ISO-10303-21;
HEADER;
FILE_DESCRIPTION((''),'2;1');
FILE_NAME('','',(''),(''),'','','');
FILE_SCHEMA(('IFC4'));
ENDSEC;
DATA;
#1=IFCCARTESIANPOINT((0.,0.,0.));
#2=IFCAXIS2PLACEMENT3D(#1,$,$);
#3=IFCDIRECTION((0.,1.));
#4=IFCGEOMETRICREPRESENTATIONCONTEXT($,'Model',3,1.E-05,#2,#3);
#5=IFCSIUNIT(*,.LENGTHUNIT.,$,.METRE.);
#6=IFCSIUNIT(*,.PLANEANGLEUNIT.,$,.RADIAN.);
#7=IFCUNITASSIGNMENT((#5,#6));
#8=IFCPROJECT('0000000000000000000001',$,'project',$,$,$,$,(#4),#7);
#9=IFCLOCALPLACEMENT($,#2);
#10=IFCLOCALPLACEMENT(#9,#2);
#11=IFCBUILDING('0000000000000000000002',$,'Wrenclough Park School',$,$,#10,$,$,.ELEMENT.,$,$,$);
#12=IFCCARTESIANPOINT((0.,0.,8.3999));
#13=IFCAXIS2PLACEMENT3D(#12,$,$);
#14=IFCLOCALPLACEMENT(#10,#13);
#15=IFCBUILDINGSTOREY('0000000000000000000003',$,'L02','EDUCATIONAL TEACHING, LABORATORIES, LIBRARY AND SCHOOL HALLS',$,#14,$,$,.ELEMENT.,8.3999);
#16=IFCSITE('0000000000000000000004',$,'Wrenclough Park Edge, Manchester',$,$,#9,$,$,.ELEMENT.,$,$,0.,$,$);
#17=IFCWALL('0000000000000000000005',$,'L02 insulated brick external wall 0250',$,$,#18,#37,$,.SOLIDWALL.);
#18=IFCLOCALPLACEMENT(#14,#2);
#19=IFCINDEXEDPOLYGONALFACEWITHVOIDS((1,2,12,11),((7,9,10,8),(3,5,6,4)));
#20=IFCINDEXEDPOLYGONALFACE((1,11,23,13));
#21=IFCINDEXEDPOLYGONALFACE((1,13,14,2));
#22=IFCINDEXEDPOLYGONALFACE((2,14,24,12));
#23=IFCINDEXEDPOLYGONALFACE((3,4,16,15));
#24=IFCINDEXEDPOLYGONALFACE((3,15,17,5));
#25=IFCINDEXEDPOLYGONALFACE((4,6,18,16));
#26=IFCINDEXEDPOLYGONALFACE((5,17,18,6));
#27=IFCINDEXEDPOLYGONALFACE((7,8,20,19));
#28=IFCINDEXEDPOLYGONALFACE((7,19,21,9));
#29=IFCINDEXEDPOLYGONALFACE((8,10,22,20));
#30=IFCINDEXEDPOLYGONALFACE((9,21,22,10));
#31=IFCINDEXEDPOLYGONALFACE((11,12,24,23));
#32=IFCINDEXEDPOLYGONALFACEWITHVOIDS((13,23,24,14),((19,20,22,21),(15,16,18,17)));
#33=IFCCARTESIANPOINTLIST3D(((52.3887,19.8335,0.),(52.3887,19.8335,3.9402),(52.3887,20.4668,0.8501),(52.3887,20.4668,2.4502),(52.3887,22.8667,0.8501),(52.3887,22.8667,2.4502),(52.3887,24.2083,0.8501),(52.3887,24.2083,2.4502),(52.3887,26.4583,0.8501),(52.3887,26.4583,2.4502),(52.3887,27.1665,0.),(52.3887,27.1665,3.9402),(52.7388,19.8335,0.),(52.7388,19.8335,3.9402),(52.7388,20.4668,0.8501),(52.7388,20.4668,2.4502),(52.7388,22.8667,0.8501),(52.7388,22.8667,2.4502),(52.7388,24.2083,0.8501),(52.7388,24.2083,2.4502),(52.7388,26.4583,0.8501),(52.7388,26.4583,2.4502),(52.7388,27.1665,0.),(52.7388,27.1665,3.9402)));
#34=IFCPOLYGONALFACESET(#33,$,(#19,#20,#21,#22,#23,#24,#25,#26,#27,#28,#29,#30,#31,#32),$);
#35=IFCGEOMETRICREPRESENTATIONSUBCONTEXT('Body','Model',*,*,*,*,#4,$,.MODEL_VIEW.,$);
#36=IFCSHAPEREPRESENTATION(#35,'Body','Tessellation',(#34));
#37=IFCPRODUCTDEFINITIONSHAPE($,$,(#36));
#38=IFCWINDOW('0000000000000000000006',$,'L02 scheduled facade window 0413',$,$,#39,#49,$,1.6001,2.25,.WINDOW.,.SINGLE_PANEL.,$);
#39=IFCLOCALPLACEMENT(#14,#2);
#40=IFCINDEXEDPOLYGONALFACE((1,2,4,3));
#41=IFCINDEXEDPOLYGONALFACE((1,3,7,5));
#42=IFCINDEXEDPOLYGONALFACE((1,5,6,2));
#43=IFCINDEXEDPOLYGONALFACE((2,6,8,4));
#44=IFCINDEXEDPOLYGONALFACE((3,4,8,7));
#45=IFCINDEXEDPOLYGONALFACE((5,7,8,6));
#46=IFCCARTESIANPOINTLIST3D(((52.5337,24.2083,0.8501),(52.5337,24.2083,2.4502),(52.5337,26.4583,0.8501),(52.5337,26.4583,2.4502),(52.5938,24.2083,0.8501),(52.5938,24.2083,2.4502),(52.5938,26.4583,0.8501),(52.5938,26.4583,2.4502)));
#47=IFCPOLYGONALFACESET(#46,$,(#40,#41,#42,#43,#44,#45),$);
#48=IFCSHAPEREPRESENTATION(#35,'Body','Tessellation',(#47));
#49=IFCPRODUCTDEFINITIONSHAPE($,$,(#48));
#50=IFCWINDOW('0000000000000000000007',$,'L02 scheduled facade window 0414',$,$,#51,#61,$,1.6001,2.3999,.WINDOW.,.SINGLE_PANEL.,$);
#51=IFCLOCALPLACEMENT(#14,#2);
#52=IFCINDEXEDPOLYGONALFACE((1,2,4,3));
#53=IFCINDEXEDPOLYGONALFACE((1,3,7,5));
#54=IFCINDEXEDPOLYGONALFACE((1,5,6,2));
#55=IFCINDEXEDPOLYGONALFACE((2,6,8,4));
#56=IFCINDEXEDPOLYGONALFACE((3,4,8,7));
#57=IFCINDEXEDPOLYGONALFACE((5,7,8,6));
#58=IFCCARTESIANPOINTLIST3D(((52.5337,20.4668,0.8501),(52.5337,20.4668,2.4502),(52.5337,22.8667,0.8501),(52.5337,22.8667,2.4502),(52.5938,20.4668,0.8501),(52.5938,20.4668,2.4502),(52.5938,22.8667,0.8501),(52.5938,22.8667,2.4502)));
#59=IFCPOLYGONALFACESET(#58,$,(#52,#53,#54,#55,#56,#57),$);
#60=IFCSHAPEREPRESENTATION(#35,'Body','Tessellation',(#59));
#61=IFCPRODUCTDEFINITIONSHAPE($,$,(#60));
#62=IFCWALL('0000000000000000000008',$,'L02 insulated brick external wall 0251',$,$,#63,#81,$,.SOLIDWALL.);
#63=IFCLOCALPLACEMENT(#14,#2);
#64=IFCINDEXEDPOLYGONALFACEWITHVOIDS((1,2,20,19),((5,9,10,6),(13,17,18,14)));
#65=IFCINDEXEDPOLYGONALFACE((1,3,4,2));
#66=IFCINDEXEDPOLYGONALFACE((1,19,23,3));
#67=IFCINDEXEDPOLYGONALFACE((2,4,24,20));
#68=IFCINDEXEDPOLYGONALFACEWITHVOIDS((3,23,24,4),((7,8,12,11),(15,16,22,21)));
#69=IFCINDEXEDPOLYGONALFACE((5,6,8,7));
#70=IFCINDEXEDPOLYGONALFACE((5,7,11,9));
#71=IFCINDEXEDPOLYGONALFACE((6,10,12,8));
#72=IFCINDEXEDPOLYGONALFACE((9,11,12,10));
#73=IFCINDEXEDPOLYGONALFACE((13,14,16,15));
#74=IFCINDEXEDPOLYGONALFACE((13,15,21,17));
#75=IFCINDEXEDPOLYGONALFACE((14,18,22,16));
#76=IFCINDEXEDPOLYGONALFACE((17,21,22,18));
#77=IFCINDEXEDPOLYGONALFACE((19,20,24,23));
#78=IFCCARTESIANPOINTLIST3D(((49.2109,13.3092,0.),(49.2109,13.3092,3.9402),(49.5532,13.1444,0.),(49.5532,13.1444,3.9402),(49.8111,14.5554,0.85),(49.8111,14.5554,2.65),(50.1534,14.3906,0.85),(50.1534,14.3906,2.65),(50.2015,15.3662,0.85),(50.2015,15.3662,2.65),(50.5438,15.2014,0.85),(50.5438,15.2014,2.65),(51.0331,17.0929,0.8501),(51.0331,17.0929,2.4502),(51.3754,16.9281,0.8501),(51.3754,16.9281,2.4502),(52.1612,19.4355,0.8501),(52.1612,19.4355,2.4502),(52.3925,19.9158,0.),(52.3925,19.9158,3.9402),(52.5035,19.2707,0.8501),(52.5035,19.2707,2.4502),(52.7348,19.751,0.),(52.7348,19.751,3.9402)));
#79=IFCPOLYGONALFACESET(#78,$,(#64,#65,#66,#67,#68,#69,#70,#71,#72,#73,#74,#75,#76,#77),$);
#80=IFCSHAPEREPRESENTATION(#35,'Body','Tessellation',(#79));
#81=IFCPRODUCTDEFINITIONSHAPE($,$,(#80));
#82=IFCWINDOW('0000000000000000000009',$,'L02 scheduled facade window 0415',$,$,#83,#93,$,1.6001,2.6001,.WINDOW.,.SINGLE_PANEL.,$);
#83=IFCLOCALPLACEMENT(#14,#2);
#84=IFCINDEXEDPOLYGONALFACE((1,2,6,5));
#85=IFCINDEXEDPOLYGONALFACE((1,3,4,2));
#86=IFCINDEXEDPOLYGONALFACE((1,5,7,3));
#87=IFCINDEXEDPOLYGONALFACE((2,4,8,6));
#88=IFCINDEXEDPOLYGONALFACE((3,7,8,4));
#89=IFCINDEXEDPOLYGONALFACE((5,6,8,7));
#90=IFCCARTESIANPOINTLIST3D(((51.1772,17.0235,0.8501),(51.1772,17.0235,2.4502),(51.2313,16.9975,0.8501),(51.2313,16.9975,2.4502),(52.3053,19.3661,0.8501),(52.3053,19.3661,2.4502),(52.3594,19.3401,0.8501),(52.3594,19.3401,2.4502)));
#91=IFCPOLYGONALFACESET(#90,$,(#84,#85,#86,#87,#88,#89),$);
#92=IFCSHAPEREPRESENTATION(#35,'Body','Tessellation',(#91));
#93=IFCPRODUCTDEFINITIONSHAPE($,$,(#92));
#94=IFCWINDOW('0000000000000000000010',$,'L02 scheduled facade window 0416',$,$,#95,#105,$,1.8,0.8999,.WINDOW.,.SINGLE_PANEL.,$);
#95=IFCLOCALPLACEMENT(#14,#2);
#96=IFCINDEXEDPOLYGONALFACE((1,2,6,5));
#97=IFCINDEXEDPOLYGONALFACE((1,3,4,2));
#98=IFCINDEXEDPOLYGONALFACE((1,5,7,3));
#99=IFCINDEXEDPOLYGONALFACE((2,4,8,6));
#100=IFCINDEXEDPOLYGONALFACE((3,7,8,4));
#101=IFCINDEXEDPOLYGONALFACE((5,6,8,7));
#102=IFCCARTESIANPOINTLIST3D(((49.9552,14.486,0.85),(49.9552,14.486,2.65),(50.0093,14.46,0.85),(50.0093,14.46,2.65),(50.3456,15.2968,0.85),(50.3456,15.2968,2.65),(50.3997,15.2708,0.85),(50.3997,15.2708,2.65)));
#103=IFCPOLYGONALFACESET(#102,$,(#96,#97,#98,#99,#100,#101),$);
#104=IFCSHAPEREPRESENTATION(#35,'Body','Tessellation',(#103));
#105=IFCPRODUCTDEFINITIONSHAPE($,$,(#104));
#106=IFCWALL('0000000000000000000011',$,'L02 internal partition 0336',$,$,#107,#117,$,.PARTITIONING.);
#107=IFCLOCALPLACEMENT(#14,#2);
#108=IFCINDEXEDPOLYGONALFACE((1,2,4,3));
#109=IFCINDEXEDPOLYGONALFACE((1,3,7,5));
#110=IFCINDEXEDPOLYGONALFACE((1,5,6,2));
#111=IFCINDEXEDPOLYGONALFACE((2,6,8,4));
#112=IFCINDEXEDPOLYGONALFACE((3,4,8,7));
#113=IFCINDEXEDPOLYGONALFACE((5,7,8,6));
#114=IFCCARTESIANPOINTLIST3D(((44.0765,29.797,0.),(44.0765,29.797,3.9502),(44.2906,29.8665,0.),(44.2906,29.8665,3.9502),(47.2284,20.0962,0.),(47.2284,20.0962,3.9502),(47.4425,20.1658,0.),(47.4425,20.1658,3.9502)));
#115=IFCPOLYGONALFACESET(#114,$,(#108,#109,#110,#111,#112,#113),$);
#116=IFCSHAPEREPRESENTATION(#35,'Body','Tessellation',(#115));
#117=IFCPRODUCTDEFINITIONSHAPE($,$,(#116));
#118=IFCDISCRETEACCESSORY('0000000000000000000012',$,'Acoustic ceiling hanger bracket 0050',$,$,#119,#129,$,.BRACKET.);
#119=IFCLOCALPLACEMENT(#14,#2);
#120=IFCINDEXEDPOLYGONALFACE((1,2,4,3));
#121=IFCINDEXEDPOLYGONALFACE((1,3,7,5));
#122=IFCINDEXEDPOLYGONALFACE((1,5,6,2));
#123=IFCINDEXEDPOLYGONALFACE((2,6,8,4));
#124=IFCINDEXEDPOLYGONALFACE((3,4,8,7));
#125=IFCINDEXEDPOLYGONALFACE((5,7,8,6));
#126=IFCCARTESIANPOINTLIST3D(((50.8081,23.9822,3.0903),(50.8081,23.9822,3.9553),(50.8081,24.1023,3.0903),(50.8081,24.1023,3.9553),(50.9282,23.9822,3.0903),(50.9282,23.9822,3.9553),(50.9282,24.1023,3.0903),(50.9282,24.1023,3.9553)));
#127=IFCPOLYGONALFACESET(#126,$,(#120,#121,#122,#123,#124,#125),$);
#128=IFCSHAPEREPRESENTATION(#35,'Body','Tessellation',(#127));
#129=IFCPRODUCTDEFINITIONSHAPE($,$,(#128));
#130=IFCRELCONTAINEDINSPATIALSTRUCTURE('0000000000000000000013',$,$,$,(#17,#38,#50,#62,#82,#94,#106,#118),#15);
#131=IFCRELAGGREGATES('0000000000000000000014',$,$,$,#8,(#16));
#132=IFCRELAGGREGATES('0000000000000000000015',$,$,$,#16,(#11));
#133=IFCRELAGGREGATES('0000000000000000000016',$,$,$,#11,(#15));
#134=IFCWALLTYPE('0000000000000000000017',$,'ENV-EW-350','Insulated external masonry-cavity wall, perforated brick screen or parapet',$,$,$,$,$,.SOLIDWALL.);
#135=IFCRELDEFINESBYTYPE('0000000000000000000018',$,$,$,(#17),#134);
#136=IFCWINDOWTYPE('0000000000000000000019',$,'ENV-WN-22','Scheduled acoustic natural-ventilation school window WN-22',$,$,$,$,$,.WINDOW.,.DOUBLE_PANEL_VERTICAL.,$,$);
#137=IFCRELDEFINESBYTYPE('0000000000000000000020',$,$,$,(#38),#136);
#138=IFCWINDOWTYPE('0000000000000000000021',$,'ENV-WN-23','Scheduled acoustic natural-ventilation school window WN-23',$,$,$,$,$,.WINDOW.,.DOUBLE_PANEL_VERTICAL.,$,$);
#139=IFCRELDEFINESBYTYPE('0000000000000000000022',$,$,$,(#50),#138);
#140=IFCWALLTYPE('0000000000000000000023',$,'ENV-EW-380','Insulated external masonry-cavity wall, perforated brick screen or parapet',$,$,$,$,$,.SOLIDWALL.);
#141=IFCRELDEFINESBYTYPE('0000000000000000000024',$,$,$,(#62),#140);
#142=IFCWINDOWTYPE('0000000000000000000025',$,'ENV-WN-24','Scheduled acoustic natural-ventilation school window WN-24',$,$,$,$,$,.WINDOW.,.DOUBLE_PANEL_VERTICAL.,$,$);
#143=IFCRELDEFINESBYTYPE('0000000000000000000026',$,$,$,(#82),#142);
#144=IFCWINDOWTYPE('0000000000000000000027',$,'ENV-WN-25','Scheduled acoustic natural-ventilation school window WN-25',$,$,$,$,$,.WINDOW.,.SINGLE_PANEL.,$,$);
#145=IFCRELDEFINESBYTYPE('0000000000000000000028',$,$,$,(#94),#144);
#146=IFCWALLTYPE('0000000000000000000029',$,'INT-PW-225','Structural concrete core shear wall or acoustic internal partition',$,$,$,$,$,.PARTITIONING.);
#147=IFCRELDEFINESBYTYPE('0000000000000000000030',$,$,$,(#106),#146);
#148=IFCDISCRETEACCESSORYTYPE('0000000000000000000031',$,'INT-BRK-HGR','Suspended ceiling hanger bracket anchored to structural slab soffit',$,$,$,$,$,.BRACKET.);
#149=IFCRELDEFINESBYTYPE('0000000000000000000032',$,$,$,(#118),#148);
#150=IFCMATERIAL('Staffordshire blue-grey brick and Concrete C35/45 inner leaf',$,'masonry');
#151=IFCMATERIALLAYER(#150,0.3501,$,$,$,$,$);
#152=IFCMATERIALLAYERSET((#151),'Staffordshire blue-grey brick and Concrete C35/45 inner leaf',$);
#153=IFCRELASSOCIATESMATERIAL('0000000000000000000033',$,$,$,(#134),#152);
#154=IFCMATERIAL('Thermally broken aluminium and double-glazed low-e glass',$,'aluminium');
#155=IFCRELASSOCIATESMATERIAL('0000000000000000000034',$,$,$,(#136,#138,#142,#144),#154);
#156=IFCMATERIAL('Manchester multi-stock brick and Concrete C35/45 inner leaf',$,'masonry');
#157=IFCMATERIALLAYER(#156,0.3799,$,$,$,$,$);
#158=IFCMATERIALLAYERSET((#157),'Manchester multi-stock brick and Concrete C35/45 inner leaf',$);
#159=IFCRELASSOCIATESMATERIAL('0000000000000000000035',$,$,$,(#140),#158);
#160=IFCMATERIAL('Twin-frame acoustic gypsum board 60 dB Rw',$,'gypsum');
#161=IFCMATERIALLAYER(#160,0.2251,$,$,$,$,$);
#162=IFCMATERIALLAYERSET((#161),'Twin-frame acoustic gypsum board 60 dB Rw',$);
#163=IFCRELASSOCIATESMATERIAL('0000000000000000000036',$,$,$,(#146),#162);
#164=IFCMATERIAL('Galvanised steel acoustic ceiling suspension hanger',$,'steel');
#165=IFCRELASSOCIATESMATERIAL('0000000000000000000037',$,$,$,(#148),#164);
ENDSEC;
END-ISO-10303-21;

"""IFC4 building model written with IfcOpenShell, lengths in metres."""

from ifc_helpers import new_model, si_unit, direction, frame, frame_2d, origin, origin_2d, place, context, subcontext, project, spatial, rectangle, extrude, material, layer, layer_set, type_object, element, fill, save


model = new_model("IFC4")

# Units and contexts
model_context = context("Model", 3, precision=1e-05, world=origin(), true_north=direction((0.0, 1.0)))
body_context = subcontext(model_context, "Body", "Model", "MODEL_VIEW")
ifc_project = project(units=[si_unit("LENGTHUNIT", "METRE"), si_unit("PLANEANGLEUNIT", "RADIAN")], contexts=[model_context])

# Site, building, storey
site_placement = place(None, origin())
site = spatial("IfcSite", under=ifc_project, at=site_placement, Name="Wrenclough Park Edge, Manchester", CompositionType="ELEMENT", RefElevation=0.0)
building_placement = place(site_placement, origin())
building = spatial("IfcBuilding", under=site, at=building_placement, Name="Wrenclough Park School", CompositionType="ELEMENT")
storey_placement = place(building_placement, frame((0.0, 0.0, 8.3999)))
storey = spatial("IfcBuildingStorey", under=building, at=storey_placement, Name="L02", Description="EDUCATIONAL TEACHING, LABORATORIES, LIBRARY AND SCHOOL HALLS", CompositionType="ELEMENT", Elevation=8.3999)

# Walls, openings, windows
ifc_material_1 = material(Name="Staffordshire blue-grey brick and Concrete C35/45 inner leaf", Category="masonry")
ifc_layer_1 = layer(ifc_material_1, 0.3501)
ifc_layer_set_1 = layer_set([ifc_layer_1], Name="Staffordshire blue-grey brick and Concrete C35/45 inner leaf")
wall_type_1 = type_object("IfcWallType", Name="ENV-EW-350", Description="Insulated external masonry-cavity wall, perforated brick screen or parapet", PredefinedType="SOLIDWALL", material=ifc_layer_set_1)
wall_1_placement = place(storey_placement, frame((52.5637, 27.1665, 0.0), z_axis=(0.0, 0.0, 1.0), x_axis=(0.0, -1.0, 0.0)))
wall_1 = element("IfcWall", 1, at=wall_1_placement, inside=storey, type_object=wall_type_1, Name="L02 insulated brick external wall 0250", PredefinedType="SOLIDWALL", context=body_context, shape_type="SweptSolid", body=[
    extrude(rectangle(XDim=7.333, YDim=0.3501, at=frame_2d((3.6665, 0.0))), origin(), (0.0, 0.0, 1.0), 3.9402),
])
opening_1_placement = place(wall_1_placement, frame((0.7083, 0.0, 0.8501)))
opening_1 = element("IfcOpeningElement", 2, at=opening_1_placement, cuts=wall_1, PredefinedType="OPENING", context=body_context, shape_type="SweptSolid", body=[
    extrude(rectangle(XDim=2.25, YDim=1.6001, at=frame_2d((1.125, 0.8))), frame((0.0, 0.1851, 0.0), z_axis=(0.0, -1.0, 0.0), x_axis=(1.0, 0.0, 0.0)), (0.0, 0.0, 1.0), 0.3701),
])
opening_2_placement = place(wall_1_placement, frame((4.2998, 0.0, 0.8501)))
opening_2 = element("IfcOpeningElement", 3, at=opening_2_placement, cuts=wall_1, PredefinedType="OPENING", context=body_context, shape_type="SweptSolid", body=[
    extrude(rectangle(XDim=2.3999, YDim=1.6001, at=frame_2d((1.2, 0.8))), frame((0.0, 0.1851, 0.0), z_axis=(0.0, -1.0, 0.0), x_axis=(1.0, 0.0, 0.0)), (0.0, 0.0, 1.0), 0.3701),
])
ifc_material_2 = material(Name="Thermally broken aluminium and double-glazed low-e glass", Category="aluminium")
window_type_1 = type_object("IfcWindowType", Name="ENV-WN-22", Description="Scheduled acoustic natural-ventilation school window WN-22", PartitioningType="DOUBLE_PANEL_VERTICAL", PredefinedType="WINDOW", material=ifc_material_2)
window_1_placement = place(opening_1_placement, origin())
window_1 = element("IfcWindow", 4, at=window_1_placement, inside=storey, type_object=window_type_1, Name="L02 scheduled facade window 0413", OverallHeight=1.6001, OverallWidth=2.25, PartitioningType="SINGLE_PANEL", PredefinedType="WINDOW", context=body_context, shape_type="SweptSolid", body=[
    extrude(rectangle(XDim=2.25, YDim=1.6001, at=frame_2d((1.125, 0.8))), frame((0.0, 0.03, 0.0), z_axis=(0.0, -1.0, 0.0), x_axis=(1.0, 0.0, 0.0)), (0.0, 0.0, 1.0), 0.0601),
])
fill(opening_1, window_1)
window_type_2 = type_object("IfcWindowType", Name="ENV-WN-23", Description="Scheduled acoustic natural-ventilation school window WN-23", PartitioningType="DOUBLE_PANEL_VERTICAL", PredefinedType="WINDOW", material=ifc_material_2)
window_2_placement = place(opening_2_placement, origin())
window_2 = element("IfcWindow", 5, at=window_2_placement, inside=storey, type_object=window_type_2, Name="L02 scheduled facade window 0414", OverallHeight=1.6001, OverallWidth=2.3999, PartitioningType="SINGLE_PANEL", PredefinedType="WINDOW", context=body_context, shape_type="SweptSolid", body=[
    extrude(rectangle(XDim=2.3999, YDim=1.6001, at=frame_2d((1.2, 0.8))), frame((0.0, 0.03, 0.0), z_axis=(0.0, -1.0, 0.0), x_axis=(1.0, 0.0, 0.0)), (0.0, 0.0, 1.0), 0.0601),
])
fill(opening_2, window_2)
ifc_material_3 = material(Name="Manchester multi-stock brick and Concrete C35/45 inner leaf", Category="masonry")
ifc_layer_2 = layer(ifc_material_3, 0.3799)
ifc_layer_set_2 = layer_set([ifc_layer_2], Name="Manchester multi-stock brick and Concrete C35/45 inner leaf")
wall_type_2 = type_object("IfcWallType", Name="ENV-EW-380", Description="Insulated external masonry-cavity wall, perforated brick screen or parapet", PredefinedType="SOLIDWALL", material=ifc_layer_set_2)
wall_2_placement = place(storey_placement, frame((52.5637, 19.8335, 0.0), z_axis=(0.0, 0.0, 1.0), x_axis=(-0.433887, -0.900967, 0.0)))
wall_2 = element("IfcWall", 6, at=wall_2_placement, inside=storey, type_object=wall_type_2, Name="L02 insulated brick external wall 0251", PredefinedType="SOLIDWALL", context=body_context, shape_type="SweptSolid", body=[
    extrude(rectangle(XDim=7.3328, YDim=0.3799, at=frame_2d((3.6665, 0.0))), origin(), (0.0, 0.0, 1.0), 3.9402),
])
opening_3_placement = place(wall_2_placement, frame((0.5332, 0.0, 0.8501)))
opening_3 = element("IfcOpeningElement", 7, at=opening_3_placement, cuts=wall_2, PredefinedType="OPENING", context=body_context, shape_type="SweptSolid", body=[
    extrude(rectangle(XDim=2.6001, YDim=1.6001, at=frame_2d((1.3, 0.8))), frame((0.0, 0.2, 0.0), z_axis=(0.0, -1.0, 0.0), x_axis=(1.0, 0.0, 0.0)), (0.0, 0.0, 1.0), 0.3999),
])
opening_4_placement = place(wall_2_placement, frame((5.0498, 0.0, 0.8501)))
opening_4 = element("IfcOpeningElement", 8, at=opening_4_placement, cuts=wall_2, PredefinedType="OPENING", context=body_context, shape_type="SweptSolid", body=[
    extrude(rectangle(XDim=0.8999, YDim=1.8, at=frame_2d((0.45, 0.8999))), frame((0.0, 0.2, 0.0), z_axis=(0.0, -1.0, 0.0), x_axis=(1.0, 0.0, 0.0)), (0.0, 0.0, 1.0), 0.3999),
])
window_type_3 = type_object("IfcWindowType", Name="ENV-WN-24", Description="Scheduled acoustic natural-ventilation school window WN-24", PartitioningType="DOUBLE_PANEL_VERTICAL", PredefinedType="WINDOW", material=ifc_material_2)
window_3_placement = place(opening_3_placement, origin())
window_3 = element("IfcWindow", 9, at=window_3_placement, inside=storey, type_object=window_type_3, Name="L02 scheduled facade window 0415", OverallHeight=1.6001, OverallWidth=2.6001, PartitioningType="SINGLE_PANEL", PredefinedType="WINDOW", context=body_context, shape_type="SweptSolid", body=[
    extrude(rectangle(XDim=2.6001, YDim=1.6001, at=frame_2d((1.3, 0.8))), frame((0.0, 0.03, 0.0), z_axis=(0.0, -1.0, 0.0), x_axis=(1.0, 0.0, 0.0)), (0.0, 0.0, 1.0), 0.0601),
])
fill(opening_3, window_3)
window_type_4 = type_object("IfcWindowType", Name="ENV-WN-25", Description="Scheduled acoustic natural-ventilation school window WN-25", PartitioningType="SINGLE_PANEL", PredefinedType="WINDOW", material=ifc_material_2)
window_4_placement = place(opening_4_placement, origin())
window_4 = element("IfcWindow", 10, at=window_4_placement, inside=storey, type_object=window_type_4, Name="L02 scheduled facade window 0416", OverallHeight=1.8, OverallWidth=0.8999, PartitioningType="SINGLE_PANEL", PredefinedType="WINDOW", context=body_context, shape_type="SweptSolid", body=[
    extrude(rectangle(XDim=0.8999, YDim=1.8, at=frame_2d((0.45, 0.8999))), frame((0.0, 0.03, 0.0), z_axis=(0.0, -1.0, 0.0), x_axis=(1.0, 0.0, 0.0)), (0.0, 0.0, 1.0), 0.0601),
])
fill(opening_4, window_4)

# Wall
ifc_material_4 = material(Name="Twin-frame acoustic gypsum board 60 dB Rw", Category="gypsum")
ifc_layer_3 = layer(ifc_material_4, 0.2251)
ifc_layer_set_3 = layer_set([ifc_layer_3], Name="Twin-frame acoustic gypsum board 60 dB Rw")
wall_type_3 = type_object("IfcWallType", Name="INT-PW-225", Description="Structural concrete core shear wall or acoustic internal partition", PredefinedType="PARTITIONING", material=ifc_layer_set_3)
wall_3_placement = place(storey_placement, frame((47.3354, 20.1309, 0.0), z_axis=(0.0, 0.0, 1.0), x_axis=(-0.309009, 0.951059, 0.0)))
element("IfcWall", 11, at=wall_3_placement, inside=storey, type_object=wall_type_3, Name="L02 internal partition 0336", PredefinedType="PARTITIONING", context=body_context, shape_type="SweptSolid", body=[
    extrude(rectangle(XDim=10.2, YDim=0.2251, at=frame_2d((5.1001, 0.0))), origin(), (0.0, 0.0, 1.0), 3.9502),
])

# Discrete accessory
ifc_material_5 = material(Name="Galvanised steel acoustic ceiling suspension hanger", Category="steel")
discrete_accessory_type = type_object("IfcDiscreteAccessoryType", Name="INT-BRK-HGR", Description="Suspended ceiling hanger bracket anchored to structural slab soffit", PredefinedType="BRACKET", material=ifc_material_5)
discrete_accessory_placement = place(storey_placement, frame((50.8682, 24.0422, 3.0903), z_axis=(0.0, 0.0, 1.0), x_axis=(1.0, 0.0, 0.0)))
element("IfcDiscreteAccessory", 12, at=discrete_accessory_placement, inside=storey, type_object=discrete_accessory_type, Name="Acoustic ceiling hanger bracket 0050", PredefinedType="BRACKET", context=body_context, shape_type="SweptSolid", body=[
    extrude(rectangle(XDim=0.1201, YDim=0.1201, at=origin_2d()), origin(), (0.0, 0.0, 1.0), 0.865),
])

save(model, "model.ifc")
